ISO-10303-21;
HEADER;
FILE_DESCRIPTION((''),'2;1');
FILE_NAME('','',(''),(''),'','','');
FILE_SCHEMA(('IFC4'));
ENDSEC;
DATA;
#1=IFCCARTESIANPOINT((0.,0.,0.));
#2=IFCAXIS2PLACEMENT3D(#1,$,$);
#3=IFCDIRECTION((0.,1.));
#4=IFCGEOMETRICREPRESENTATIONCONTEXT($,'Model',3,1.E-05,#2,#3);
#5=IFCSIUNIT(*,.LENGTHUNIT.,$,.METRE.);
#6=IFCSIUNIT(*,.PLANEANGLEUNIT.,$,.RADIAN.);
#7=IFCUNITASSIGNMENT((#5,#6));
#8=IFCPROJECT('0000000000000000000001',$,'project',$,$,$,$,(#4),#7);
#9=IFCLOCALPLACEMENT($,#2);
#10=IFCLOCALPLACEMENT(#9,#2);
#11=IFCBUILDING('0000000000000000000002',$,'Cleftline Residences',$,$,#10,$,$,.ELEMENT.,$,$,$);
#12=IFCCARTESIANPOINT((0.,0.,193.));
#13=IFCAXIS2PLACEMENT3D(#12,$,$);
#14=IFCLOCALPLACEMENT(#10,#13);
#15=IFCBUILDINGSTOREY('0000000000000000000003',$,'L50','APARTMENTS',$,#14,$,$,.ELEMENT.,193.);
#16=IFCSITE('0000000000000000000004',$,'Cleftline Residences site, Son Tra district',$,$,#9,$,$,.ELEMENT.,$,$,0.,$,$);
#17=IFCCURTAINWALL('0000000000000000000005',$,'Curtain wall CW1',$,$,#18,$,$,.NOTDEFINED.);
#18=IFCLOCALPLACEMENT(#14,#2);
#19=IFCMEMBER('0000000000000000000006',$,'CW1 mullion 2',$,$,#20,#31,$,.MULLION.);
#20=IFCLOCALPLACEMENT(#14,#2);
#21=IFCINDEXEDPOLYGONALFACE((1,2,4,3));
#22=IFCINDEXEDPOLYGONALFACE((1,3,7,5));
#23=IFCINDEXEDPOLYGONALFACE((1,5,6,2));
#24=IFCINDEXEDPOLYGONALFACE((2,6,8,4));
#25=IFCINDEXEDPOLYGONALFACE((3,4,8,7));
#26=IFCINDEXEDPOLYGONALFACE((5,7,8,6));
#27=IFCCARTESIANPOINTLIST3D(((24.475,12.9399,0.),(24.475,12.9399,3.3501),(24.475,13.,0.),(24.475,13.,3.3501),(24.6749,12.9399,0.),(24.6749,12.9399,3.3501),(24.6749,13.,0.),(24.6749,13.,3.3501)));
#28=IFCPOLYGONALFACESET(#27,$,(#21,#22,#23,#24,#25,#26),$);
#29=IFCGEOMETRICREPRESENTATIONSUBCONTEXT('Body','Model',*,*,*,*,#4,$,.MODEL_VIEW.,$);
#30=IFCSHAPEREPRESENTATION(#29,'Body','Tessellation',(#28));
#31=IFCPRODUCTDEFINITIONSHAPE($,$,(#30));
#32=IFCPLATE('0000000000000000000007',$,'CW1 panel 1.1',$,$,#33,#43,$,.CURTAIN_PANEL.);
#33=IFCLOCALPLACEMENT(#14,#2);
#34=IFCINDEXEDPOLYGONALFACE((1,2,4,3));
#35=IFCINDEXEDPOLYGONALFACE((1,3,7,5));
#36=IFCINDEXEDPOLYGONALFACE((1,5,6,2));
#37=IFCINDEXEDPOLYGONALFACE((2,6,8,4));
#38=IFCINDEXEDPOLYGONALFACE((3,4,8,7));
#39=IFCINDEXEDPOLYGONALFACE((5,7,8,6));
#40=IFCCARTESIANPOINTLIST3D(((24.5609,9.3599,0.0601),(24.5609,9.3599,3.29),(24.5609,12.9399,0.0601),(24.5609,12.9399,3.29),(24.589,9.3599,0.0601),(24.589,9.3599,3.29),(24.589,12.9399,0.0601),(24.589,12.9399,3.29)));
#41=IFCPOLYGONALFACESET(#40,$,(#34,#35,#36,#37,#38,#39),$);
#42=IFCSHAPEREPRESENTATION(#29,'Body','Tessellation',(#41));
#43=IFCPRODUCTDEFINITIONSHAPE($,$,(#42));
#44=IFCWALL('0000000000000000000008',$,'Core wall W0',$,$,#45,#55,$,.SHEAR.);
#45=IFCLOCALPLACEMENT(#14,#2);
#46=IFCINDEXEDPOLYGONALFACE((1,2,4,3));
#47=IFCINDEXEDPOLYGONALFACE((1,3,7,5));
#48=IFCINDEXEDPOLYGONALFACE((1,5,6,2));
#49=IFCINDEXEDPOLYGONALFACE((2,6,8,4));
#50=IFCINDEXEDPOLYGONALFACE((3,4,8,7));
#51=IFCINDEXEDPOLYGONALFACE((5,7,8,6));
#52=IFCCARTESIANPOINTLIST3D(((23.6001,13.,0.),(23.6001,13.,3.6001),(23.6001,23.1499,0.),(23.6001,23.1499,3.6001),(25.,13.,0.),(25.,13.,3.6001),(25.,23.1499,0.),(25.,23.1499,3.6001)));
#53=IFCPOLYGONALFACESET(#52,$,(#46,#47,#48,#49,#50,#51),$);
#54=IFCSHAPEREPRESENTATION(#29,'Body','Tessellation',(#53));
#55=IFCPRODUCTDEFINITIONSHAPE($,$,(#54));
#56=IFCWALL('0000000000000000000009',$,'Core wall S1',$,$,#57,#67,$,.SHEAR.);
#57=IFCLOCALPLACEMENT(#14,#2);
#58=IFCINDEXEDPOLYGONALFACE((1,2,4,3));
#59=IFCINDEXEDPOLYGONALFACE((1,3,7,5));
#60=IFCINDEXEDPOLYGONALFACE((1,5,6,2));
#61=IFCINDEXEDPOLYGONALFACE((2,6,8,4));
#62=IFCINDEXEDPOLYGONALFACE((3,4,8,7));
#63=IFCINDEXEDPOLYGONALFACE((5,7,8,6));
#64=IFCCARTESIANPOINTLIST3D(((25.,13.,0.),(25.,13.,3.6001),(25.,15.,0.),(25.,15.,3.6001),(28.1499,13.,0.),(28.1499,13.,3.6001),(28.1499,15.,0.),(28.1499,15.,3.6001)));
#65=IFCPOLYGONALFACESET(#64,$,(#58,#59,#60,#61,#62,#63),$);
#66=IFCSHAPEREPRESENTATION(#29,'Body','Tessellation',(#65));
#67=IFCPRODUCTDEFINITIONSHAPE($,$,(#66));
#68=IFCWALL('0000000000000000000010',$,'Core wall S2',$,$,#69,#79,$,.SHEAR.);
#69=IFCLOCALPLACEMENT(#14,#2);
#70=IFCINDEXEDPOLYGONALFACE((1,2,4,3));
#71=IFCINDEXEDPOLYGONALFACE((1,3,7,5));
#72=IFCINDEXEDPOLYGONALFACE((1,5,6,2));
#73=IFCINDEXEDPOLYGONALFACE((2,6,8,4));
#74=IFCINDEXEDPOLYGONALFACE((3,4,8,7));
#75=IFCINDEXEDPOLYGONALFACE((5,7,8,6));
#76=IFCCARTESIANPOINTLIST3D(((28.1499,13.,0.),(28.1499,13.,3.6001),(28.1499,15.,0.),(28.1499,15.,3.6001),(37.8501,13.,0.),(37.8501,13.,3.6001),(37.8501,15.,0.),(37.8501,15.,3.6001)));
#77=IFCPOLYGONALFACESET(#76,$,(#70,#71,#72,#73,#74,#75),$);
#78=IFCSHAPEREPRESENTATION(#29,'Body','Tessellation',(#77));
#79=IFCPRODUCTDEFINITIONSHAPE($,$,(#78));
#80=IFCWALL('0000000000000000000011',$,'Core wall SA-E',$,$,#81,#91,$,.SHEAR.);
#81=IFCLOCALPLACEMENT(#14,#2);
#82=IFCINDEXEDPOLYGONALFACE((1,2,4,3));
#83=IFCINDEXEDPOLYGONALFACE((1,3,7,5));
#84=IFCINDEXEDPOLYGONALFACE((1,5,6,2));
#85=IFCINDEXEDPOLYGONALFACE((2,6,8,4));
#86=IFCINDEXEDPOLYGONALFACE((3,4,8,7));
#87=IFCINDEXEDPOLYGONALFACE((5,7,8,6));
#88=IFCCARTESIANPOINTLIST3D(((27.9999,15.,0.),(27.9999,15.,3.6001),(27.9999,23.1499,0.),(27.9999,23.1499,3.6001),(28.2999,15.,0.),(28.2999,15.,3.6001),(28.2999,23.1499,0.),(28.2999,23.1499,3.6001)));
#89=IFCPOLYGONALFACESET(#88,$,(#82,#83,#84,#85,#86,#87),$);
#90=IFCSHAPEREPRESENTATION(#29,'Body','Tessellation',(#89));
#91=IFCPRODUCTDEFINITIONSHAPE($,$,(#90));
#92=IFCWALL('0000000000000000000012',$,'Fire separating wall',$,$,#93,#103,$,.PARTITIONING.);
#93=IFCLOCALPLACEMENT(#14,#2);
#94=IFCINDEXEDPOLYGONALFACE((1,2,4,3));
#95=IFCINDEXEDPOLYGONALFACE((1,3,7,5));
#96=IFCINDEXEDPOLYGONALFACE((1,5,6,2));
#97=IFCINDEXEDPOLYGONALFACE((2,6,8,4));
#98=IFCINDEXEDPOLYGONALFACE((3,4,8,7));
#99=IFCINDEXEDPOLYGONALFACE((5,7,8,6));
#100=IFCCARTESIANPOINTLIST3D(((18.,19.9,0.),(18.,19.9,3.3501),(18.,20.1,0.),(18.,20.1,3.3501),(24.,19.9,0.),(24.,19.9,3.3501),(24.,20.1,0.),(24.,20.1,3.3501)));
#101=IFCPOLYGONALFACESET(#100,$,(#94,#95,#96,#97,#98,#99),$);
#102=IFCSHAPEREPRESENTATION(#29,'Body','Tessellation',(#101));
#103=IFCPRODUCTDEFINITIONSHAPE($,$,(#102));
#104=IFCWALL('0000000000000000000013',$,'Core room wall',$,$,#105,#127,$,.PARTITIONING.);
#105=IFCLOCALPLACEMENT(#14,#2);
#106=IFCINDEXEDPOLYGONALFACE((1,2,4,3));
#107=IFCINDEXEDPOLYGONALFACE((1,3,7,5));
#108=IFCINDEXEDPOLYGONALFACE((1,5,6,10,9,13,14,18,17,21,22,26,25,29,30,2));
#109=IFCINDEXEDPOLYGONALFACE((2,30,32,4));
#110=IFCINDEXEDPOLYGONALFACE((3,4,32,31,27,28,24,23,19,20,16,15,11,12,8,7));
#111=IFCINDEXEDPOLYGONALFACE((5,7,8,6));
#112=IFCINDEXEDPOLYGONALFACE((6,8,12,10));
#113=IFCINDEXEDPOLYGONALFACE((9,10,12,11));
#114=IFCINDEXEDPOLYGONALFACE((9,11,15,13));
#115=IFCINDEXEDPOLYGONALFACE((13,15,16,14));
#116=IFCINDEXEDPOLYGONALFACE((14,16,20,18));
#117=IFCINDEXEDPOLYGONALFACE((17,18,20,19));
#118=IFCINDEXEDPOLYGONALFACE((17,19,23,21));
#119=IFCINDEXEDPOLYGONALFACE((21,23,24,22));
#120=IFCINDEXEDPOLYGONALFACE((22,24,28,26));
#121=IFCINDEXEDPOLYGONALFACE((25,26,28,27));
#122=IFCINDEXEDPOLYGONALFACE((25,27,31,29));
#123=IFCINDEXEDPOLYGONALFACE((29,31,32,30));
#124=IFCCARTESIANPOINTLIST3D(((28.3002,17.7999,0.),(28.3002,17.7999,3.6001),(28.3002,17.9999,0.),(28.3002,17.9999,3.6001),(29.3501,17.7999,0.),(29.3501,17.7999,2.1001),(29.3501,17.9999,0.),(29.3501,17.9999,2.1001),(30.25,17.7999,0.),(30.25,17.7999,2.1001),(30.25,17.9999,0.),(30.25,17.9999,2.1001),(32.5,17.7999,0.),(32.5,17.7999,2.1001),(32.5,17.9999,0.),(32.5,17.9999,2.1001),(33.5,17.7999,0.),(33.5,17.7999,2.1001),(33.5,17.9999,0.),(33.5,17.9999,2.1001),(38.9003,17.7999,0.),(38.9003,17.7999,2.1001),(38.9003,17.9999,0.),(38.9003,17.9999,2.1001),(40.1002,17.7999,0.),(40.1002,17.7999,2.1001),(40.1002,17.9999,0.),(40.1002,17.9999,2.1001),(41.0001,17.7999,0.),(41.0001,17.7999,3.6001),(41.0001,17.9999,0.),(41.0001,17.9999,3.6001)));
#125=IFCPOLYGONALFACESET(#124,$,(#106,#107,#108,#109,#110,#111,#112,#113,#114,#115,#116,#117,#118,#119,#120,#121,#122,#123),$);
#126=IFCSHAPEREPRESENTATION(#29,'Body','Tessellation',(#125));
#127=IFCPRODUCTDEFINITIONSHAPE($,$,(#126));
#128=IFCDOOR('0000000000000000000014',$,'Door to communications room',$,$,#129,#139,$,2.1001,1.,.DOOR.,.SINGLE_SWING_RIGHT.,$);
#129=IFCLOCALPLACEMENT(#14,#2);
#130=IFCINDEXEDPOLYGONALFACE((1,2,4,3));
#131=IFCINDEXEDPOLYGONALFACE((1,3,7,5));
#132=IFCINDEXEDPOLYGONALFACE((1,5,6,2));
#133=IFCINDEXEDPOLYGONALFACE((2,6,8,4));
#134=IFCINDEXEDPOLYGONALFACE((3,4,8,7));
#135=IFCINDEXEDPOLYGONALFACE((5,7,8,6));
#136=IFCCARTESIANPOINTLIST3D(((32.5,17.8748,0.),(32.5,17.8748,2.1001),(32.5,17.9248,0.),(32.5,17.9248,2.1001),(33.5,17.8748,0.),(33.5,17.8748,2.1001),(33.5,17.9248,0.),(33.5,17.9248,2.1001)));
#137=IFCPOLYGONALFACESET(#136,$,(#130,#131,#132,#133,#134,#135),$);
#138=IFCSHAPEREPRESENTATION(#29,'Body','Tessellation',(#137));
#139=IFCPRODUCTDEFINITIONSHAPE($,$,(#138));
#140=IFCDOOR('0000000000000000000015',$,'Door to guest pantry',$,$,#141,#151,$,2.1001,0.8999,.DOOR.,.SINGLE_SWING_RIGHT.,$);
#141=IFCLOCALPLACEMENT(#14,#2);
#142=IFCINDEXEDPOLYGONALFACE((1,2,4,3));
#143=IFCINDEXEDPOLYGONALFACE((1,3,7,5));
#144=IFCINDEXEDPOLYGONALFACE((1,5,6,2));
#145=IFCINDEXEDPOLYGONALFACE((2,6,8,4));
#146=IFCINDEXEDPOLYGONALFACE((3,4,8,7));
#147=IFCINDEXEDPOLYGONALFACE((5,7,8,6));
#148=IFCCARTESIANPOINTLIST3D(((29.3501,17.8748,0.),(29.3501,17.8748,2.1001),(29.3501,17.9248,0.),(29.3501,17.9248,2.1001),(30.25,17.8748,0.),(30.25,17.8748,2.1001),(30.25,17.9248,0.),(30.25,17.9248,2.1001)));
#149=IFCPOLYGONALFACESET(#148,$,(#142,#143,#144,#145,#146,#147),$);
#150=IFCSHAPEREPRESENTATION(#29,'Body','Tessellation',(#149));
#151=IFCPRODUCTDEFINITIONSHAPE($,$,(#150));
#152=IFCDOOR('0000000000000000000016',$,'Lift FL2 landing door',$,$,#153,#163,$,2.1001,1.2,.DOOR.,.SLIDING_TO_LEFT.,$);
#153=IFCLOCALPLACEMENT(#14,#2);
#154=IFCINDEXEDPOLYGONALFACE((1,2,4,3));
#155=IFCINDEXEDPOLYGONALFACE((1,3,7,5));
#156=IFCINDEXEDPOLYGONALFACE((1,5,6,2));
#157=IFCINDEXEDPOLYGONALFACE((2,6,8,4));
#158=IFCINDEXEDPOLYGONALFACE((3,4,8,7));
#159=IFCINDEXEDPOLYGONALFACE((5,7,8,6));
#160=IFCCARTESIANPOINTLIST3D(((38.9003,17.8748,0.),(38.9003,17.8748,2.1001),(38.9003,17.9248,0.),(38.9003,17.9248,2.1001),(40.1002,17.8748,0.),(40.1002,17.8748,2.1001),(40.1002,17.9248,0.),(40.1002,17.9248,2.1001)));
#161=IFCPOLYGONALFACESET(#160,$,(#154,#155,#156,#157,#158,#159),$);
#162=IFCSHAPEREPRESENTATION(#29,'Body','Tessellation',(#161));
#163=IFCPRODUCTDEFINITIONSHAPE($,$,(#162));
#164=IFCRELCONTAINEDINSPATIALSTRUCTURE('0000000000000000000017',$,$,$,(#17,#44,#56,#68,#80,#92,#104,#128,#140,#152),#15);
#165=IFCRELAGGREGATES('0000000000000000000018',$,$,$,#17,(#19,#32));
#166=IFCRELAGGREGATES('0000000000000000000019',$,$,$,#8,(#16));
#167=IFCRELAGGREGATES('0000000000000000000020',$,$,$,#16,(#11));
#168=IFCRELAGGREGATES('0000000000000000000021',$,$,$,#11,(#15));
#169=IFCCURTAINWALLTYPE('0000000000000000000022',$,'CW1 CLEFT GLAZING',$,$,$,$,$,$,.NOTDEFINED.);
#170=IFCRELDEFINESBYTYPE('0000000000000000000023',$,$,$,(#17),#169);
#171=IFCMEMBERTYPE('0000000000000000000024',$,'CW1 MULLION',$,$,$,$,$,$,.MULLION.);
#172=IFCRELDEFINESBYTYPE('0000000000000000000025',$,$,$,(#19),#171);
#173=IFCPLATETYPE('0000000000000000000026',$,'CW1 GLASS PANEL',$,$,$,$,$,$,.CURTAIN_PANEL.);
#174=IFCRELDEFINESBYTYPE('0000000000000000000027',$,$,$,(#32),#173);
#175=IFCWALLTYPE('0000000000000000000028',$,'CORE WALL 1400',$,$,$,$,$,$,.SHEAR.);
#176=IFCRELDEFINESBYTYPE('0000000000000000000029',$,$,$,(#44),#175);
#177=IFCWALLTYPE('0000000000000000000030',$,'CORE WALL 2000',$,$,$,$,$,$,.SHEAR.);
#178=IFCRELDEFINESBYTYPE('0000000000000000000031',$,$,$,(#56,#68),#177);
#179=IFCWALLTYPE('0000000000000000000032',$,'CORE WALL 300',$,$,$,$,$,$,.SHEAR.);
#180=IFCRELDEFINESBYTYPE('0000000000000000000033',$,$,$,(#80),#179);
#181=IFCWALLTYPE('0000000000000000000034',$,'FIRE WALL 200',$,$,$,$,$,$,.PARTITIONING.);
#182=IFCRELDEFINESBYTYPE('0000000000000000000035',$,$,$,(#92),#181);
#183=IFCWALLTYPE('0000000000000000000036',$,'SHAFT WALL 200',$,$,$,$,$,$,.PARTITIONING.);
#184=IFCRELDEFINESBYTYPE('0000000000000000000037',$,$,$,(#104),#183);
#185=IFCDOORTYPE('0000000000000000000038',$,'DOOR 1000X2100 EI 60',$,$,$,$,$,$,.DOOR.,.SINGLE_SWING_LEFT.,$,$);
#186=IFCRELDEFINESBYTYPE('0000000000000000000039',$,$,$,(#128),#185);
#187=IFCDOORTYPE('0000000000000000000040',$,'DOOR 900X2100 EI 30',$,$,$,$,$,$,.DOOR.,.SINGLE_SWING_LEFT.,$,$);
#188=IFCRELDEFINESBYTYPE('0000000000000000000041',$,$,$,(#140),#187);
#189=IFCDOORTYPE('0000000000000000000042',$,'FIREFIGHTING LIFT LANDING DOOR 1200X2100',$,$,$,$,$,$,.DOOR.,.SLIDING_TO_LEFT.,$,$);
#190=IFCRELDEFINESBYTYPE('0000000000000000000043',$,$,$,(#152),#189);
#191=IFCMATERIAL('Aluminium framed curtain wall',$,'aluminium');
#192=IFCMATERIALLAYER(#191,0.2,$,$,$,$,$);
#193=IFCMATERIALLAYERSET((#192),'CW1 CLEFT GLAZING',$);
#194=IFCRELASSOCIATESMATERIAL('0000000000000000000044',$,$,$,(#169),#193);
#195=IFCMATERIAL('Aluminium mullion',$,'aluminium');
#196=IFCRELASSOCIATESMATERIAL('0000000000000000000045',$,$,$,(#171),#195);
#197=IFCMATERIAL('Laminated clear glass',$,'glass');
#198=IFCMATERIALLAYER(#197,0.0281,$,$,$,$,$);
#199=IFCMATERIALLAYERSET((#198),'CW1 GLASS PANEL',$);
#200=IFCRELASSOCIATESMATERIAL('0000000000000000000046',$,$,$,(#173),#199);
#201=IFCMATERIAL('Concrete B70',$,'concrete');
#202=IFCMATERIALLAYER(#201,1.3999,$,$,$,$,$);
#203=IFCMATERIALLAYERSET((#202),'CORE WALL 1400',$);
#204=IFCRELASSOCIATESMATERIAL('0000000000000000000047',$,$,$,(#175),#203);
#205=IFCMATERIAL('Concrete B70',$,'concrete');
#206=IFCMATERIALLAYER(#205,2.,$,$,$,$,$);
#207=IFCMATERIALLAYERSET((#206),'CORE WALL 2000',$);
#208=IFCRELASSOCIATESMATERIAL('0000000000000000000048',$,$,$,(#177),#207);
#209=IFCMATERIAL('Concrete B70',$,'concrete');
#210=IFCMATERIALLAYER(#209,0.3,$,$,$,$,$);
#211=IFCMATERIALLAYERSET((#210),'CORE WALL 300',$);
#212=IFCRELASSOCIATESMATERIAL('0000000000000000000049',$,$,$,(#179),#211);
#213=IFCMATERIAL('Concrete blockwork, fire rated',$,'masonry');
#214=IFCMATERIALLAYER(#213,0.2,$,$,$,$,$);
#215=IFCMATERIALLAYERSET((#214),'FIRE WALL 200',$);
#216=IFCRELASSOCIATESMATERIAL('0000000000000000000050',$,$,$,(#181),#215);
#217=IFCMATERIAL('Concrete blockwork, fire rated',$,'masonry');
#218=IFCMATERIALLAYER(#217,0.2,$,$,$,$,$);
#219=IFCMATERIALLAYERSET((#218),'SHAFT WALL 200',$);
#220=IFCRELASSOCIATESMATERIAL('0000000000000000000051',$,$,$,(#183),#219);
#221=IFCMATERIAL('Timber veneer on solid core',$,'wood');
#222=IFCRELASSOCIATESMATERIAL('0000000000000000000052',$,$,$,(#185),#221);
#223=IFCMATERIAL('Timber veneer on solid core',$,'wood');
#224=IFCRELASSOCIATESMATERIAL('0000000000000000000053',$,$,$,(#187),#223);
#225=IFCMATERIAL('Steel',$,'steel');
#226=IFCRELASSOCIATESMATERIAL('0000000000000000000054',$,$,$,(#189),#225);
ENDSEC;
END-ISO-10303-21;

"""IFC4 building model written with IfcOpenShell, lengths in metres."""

from ifc_helpers import new_model, si_unit, direction, frame, frame_2d, origin, origin_2d, place, context, subcontext, project, spatial, rectangle, extrude, material, layer, layer_set, material_profile, profile_set, type_object, element, fill, aggregate, save


model = new_model("IFC4")

# Units and contexts
model_context = context("Model", 3, precision=1e-05, world=origin(), true_north=direction((0.0, 1.0)))
body_context = subcontext(model_context, "Body", "Model", "MODEL_VIEW")
ifc_project = project(units=[si_unit("LENGTHUNIT", "METRE"), si_unit("PLANEANGLEUNIT", "RADIAN")], contexts=[model_context])

# Site, building, storey
site_placement = place(None, origin())
site = spatial("IfcSite", under=ifc_project, at=site_placement, Name="Cleftline Residences site, Son Tra district", CompositionType="ELEMENT", RefElevation=0.0)
building_placement = place(site_placement, origin())
building = spatial("IfcBuilding", under=site, at=building_placement, Name="Cleftline Residences", CompositionType="ELEMENT")
storey_placement = place(building_placement, frame((0.0, 0.0, 193.0)))
storey = spatial("IfcBuildingStorey", under=building, at=storey_placement, Name="L50", Description="APARTMENTS", CompositionType="ELEMENT", Elevation=193.0)

# Curtain wall, member, plate
ifc_material_1 = material(Name="Aluminium framed curtain wall", Category="aluminium")
ifc_layer_1 = layer(ifc_material_1, 0.2)
ifc_layer_set_1 = layer_set([ifc_layer_1], Name="CW1 CLEFT GLAZING")
curtain_wall_type = type_object("IfcCurtainWallType", Name="CW1 CLEFT GLAZING", PredefinedType="NOTDEFINED", material=ifc_layer_set_1)
curtain_wall_placement = place(storey_placement, origin())
curtain_wall = element("IfcCurtainWall", 1, at=curtain_wall_placement, inside=storey, type_object=curtain_wall_type, Name="Curtain wall CW1", PredefinedType="NOTDEFINED")
ifc_material_2 = material(Name="Aluminium mullion", Category="aluminium")
ifc_material_profile = material_profile(ifc_material_2, rectangle(XDim=0.2, YDim=0.0601, at=origin_2d()))
ifc_profile_set = profile_set([ifc_material_profile], Name="Aluminium mullion")
member_type = type_object("IfcMemberType", Name="CW1 MULLION", PredefinedType="MULLION", material=ifc_profile_set)
member_placement = place(storey_placement, frame((24.575, 12.97, 0.0), z_axis=(0.0, 0.0, 1.0), x_axis=(-1.0, 0.0, 0.0)))
member = element("IfcMember", 2, at=member_placement, type_object=member_type, Name="CW1 mullion 2", PredefinedType="MULLION", context=body_context, shape_type="SweptSolid", body=[
    extrude(rectangle(XDim=0.2, YDim=0.0601, at=origin_2d()), origin(), (0.0, 0.0, 1.0), 3.3501),
])
ifc_material_3 = material(Name="Laminated clear glass", Category="glass")
ifc_layer_2 = layer(ifc_material_3, 0.0281)
ifc_layer_set_2 = layer_set([ifc_layer_2], Name="CW1 GLASS PANEL")
plate_type = type_object("IfcPlateType", Name="CW1 GLASS PANEL", PredefinedType="CURTAIN_PANEL", material=ifc_layer_set_2)
plate_placement = place(storey_placement, frame((24.575, 11.1499, 0.0601), z_axis=(0.0, 0.0, 1.0), x_axis=(0.0, 1.0, 0.0)))
plate = element("IfcPlate", 3, at=plate_placement, type_object=plate_type, Name="CW1 panel 1.1", PredefinedType="CURTAIN_PANEL", context=body_context, shape_type="SweptSolid", body=[
    extrude(rectangle(XDim=3.5801, YDim=0.0281, at=origin_2d()), origin(), (0.0, 0.0, 1.0), 3.23),
])
aggregate(curtain_wall, [member, plate])

# Wall
ifc_material_4 = material(Name="Concrete B70", Category="concrete")
ifc_layer_3 = layer(ifc_material_4, 1.3999)
ifc_layer_set_3 = layer_set([ifc_layer_3], Name="CORE WALL 1400")
wall_type_1 = type_object("IfcWallType", Name="CORE WALL 1400", PredefinedType="SHEAR", material=ifc_layer_set_3)
wall_1_placement = place(storey_placement, frame((24.3, 13.0, 0.0), z_axis=(0.0, 0.0, 1.0), x_axis=(0.0, 1.0, 0.0)))
element("IfcWall", 4, at=wall_1_placement, inside=storey, type_object=wall_type_1, Name="Core wall W0", PredefinedType="SHEAR", context=body_context, shape_type="SweptSolid", body=[
    extrude(rectangle(XDim=10.1499, YDim=1.3999, at=frame_2d((5.075, 0.0))), origin(), (0.0, 0.0, 1.0), 3.6001),
])

# Walls
ifc_material_5 = material(Name="Concrete B70", Category="concrete")
ifc_layer_4 = layer(ifc_material_5, 2.0)
ifc_layer_set_4 = layer_set([ifc_layer_4], Name="CORE WALL 2000")
wall_type_2 = type_object("IfcWallType", Name="CORE WALL 2000", PredefinedType="SHEAR", material=ifc_layer_set_4)
wall_2_placement = place(storey_placement, frame((25.0, 14.0, 0.0), z_axis=(0.0, 0.0, 1.0), x_axis=(1.0, 0.0, 0.0)))
element("IfcWall", 5, at=wall_2_placement, inside=storey, type_object=wall_type_2, Name="Core wall S1", PredefinedType="SHEAR", context=body_context, shape_type="SweptSolid", body=[
    extrude(rectangle(XDim=3.1499, YDim=2.0, at=frame_2d((1.575, 0.0))), origin(), (0.0, 0.0, 1.0), 3.6001),
])
wall_3_placement = place(storey_placement, frame((28.1499, 14.0, 0.0), z_axis=(0.0, 0.0, 1.0), x_axis=(1.0, 0.0, 0.0)))
element("IfcWall", 6, at=wall_3_placement, inside=storey, type_object=wall_type_2, Name="Core wall S2", PredefinedType="SHEAR", context=body_context, shape_type="SweptSolid", body=[
    extrude(rectangle(XDim=9.7002, YDim=2.0, at=frame_2d((4.8501, 0.0))), origin(), (0.0, 0.0, 1.0), 3.6001),
])
ifc_material_6 = material(Name="Concrete B70", Category="concrete")
ifc_layer_5 = layer(ifc_material_6, 0.3)
ifc_layer_set_5 = layer_set([ifc_layer_5], Name="CORE WALL 300")
wall_type_3 = type_object("IfcWallType", Name="CORE WALL 300", PredefinedType="SHEAR", material=ifc_layer_set_5)
wall_4_placement = place(storey_placement, frame((28.1499, 15.0, 0.0), z_axis=(0.0, 0.0, 1.0), x_axis=(0.0, 1.0, 0.0)))
element("IfcWall", 7, at=wall_4_placement, inside=storey, type_object=wall_type_3, Name="Core wall SA-E", PredefinedType="SHEAR", context=body_context, shape_type="SweptSolid", body=[
    extrude(rectangle(XDim=8.1499, YDim=0.3, at=frame_2d((4.075, 0.0))), origin(), (0.0, 0.0, 1.0), 3.6001),
])
ifc_material_7 = material(Name="Concrete blockwork, fire rated", Category="masonry")
ifc_layer_6 = layer(ifc_material_7, 0.2)
ifc_layer_set_6 = layer_set([ifc_layer_6], Name="FIRE WALL 200")
wall_type_4 = type_object("IfcWallType", Name="FIRE WALL 200", PredefinedType="PARTITIONING", material=ifc_layer_set_6)
wall_5_placement = place(storey_placement, frame((18.0, 20.0, 0.0), z_axis=(0.0, 0.0, 1.0), x_axis=(1.0, 0.0, 0.0)))
element("IfcWall", 8, at=wall_5_placement, inside=storey, type_object=wall_type_4, Name="Fire separating wall", PredefinedType="PARTITIONING", context=body_context, shape_type="SweptSolid", body=[
    extrude(rectangle(XDim=6.0, YDim=0.2, at=frame_2d((3.0, 0.0))), origin(), (0.0, 0.0, 1.0), 3.3501),
])

# Wall, openings, doors
ifc_material_8 = material(Name="Concrete blockwork, fire rated", Category="masonry")
ifc_layer_7 = layer(ifc_material_8, 0.2)
ifc_layer_set_7 = layer_set([ifc_layer_7], Name="SHAFT WALL 200")
wall_type_5 = type_object("IfcWallType", Name="SHAFT WALL 200", PredefinedType="PARTITIONING", material=ifc_layer_set_7)
wall_6_placement = place(storey_placement, frame((28.3, 17.8999, 0.0), z_axis=(0.0, 0.0, 1.0), x_axis=(1.0, 0.0, 0.0)))
wall_6 = element("IfcWall", 9, at=wall_6_placement, inside=storey, type_object=wall_type_5, Name="Core room wall", PredefinedType="PARTITIONING", context=body_context, shape_type="SweptSolid", body=[
    extrude(rectangle(XDim=12.7, YDim=0.2, at=frame_2d((6.3501, 0.0))), origin(), (0.0, 0.0, 1.0), 3.6001),
])
opening_1_placement = place(wall_6_placement, frame((1.05, 0.0, 0.0)))
opening_1 = element("IfcOpeningElement", 10, at=opening_1_placement, cuts=wall_6, PredefinedType="OPENING", context=body_context, shape_type="SweptSolid", body=[
    extrude(rectangle(XDim=0.8999, YDim=2.1001, at=frame_2d((0.45, 1.05))), frame((0.0, 0.1099, 0.0), z_axis=(0.0, -1.0, 0.0), x_axis=(1.0, 0.0, 0.0)), (0.0, 0.0, 1.0), 0.22),
])
opening_2_placement = place(wall_6_placement, frame((4.2, 0.0, 0.0)))
opening_2 = element("IfcOpeningElement", 11, at=opening_2_placement, cuts=wall_6, PredefinedType="OPENING", context=body_context, shape_type="SweptSolid", body=[
    extrude(rectangle(XDim=1.0, YDim=2.1001, at=frame_2d((0.5, 1.05))), frame((0.0, 0.1099, 0.0), z_axis=(0.0, -1.0, 0.0), x_axis=(1.0, 0.0, 0.0)), (0.0, 0.0, 1.0), 0.22),
])
opening_3_placement = place(wall_6_placement, frame((10.6001, 0.0, 0.0)))
opening_3 = element("IfcOpeningElement", 12, at=opening_3_placement, cuts=wall_6, PredefinedType="OPENING", context=body_context, shape_type="SweptSolid", body=[
    extrude(rectangle(XDim=1.2, YDim=2.1001, at=frame_2d((0.6001, 1.05))), frame((0.0, 0.1099, 0.0), z_axis=(0.0, -1.0, 0.0), x_axis=(1.0, 0.0, 0.0)), (0.0, 0.0, 1.0), 0.22),
])
ifc_material_9 = material(Name="Timber veneer on solid core", Category="wood")
door_type_1 = type_object("IfcDoorType", Name="DOOR 1000X2100 EI 60", OperationType="SINGLE_SWING_LEFT", PredefinedType="DOOR", material=ifc_material_9)
door_1_placement = place(opening_2_placement, origin())
door_1 = element("IfcDoor", 13, at=door_1_placement, inside=storey, type_object=door_type_1, Name="Door to communications room", OperationType="SINGLE_SWING_RIGHT", OverallHeight=2.1001, OverallWidth=1.0, PredefinedType="DOOR", context=body_context, shape_type="SweptSolid", body=[
    extrude(rectangle(XDim=1.0, YDim=2.1001, at=frame_2d((0.5, 1.05))), frame((0.0, 0.0249, 0.0), z_axis=(0.0, -1.0, 0.0), x_axis=(1.0, 0.0, 0.0)), (0.0, 0.0, 1.0), 0.05),
])
fill(opening_2, door_1)
ifc_material_10 = material(Name="Timber veneer on solid core", Category="wood")
door_type_2 = type_object("IfcDoorType", Name="DOOR 900X2100 EI 30", OperationType="SINGLE_SWING_LEFT", PredefinedType="DOOR", material=ifc_material_10)
door_2_placement = place(opening_1_placement, origin())
door_2 = element("IfcDoor", 14, at=door_2_placement, inside=storey, type_object=door_type_2, Name="Door to guest pantry", OperationType="SINGLE_SWING_RIGHT", OverallHeight=2.1001, OverallWidth=0.8999, PredefinedType="DOOR", context=body_context, shape_type="SweptSolid", body=[
    extrude(rectangle(XDim=0.8999, YDim=2.1001, at=frame_2d((0.45, 1.05))), frame((0.0, 0.0249, 0.0), z_axis=(0.0, -1.0, 0.0), x_axis=(1.0, 0.0, 0.0)), (0.0, 0.0, 1.0), 0.05),
])
fill(opening_1, door_2)
ifc_material_11 = material(Name="Steel", Category="steel")
door_type_3 = type_object("IfcDoorType", Name="FIREFIGHTING LIFT LANDING DOOR 1200X2100", OperationType="SLIDING_TO_LEFT", PredefinedType="DOOR", material=ifc_material_11)
door_3_placement = place(opening_3_placement, origin())
door_3 = element("IfcDoor", 15, at=door_3_placement, inside=storey, type_object=door_type_3, Name="Lift FL2 landing door", OperationType="SLIDING_TO_LEFT", OverallHeight=2.1001, OverallWidth=1.2, PredefinedType="DOOR", context=body_context, shape_type="SweptSolid", body=[
    extrude(rectangle(XDim=1.2, YDim=2.1001, at=frame_2d((0.6001, 1.05))), frame((0.0, 0.0249, 0.0), z_axis=(0.0, -1.0, 0.0), x_axis=(1.0, 0.0, 0.0)), (0.0, 0.0, 1.0), 0.05),
])
fill(opening_3, door_3)

save(model, "model.ifc")
